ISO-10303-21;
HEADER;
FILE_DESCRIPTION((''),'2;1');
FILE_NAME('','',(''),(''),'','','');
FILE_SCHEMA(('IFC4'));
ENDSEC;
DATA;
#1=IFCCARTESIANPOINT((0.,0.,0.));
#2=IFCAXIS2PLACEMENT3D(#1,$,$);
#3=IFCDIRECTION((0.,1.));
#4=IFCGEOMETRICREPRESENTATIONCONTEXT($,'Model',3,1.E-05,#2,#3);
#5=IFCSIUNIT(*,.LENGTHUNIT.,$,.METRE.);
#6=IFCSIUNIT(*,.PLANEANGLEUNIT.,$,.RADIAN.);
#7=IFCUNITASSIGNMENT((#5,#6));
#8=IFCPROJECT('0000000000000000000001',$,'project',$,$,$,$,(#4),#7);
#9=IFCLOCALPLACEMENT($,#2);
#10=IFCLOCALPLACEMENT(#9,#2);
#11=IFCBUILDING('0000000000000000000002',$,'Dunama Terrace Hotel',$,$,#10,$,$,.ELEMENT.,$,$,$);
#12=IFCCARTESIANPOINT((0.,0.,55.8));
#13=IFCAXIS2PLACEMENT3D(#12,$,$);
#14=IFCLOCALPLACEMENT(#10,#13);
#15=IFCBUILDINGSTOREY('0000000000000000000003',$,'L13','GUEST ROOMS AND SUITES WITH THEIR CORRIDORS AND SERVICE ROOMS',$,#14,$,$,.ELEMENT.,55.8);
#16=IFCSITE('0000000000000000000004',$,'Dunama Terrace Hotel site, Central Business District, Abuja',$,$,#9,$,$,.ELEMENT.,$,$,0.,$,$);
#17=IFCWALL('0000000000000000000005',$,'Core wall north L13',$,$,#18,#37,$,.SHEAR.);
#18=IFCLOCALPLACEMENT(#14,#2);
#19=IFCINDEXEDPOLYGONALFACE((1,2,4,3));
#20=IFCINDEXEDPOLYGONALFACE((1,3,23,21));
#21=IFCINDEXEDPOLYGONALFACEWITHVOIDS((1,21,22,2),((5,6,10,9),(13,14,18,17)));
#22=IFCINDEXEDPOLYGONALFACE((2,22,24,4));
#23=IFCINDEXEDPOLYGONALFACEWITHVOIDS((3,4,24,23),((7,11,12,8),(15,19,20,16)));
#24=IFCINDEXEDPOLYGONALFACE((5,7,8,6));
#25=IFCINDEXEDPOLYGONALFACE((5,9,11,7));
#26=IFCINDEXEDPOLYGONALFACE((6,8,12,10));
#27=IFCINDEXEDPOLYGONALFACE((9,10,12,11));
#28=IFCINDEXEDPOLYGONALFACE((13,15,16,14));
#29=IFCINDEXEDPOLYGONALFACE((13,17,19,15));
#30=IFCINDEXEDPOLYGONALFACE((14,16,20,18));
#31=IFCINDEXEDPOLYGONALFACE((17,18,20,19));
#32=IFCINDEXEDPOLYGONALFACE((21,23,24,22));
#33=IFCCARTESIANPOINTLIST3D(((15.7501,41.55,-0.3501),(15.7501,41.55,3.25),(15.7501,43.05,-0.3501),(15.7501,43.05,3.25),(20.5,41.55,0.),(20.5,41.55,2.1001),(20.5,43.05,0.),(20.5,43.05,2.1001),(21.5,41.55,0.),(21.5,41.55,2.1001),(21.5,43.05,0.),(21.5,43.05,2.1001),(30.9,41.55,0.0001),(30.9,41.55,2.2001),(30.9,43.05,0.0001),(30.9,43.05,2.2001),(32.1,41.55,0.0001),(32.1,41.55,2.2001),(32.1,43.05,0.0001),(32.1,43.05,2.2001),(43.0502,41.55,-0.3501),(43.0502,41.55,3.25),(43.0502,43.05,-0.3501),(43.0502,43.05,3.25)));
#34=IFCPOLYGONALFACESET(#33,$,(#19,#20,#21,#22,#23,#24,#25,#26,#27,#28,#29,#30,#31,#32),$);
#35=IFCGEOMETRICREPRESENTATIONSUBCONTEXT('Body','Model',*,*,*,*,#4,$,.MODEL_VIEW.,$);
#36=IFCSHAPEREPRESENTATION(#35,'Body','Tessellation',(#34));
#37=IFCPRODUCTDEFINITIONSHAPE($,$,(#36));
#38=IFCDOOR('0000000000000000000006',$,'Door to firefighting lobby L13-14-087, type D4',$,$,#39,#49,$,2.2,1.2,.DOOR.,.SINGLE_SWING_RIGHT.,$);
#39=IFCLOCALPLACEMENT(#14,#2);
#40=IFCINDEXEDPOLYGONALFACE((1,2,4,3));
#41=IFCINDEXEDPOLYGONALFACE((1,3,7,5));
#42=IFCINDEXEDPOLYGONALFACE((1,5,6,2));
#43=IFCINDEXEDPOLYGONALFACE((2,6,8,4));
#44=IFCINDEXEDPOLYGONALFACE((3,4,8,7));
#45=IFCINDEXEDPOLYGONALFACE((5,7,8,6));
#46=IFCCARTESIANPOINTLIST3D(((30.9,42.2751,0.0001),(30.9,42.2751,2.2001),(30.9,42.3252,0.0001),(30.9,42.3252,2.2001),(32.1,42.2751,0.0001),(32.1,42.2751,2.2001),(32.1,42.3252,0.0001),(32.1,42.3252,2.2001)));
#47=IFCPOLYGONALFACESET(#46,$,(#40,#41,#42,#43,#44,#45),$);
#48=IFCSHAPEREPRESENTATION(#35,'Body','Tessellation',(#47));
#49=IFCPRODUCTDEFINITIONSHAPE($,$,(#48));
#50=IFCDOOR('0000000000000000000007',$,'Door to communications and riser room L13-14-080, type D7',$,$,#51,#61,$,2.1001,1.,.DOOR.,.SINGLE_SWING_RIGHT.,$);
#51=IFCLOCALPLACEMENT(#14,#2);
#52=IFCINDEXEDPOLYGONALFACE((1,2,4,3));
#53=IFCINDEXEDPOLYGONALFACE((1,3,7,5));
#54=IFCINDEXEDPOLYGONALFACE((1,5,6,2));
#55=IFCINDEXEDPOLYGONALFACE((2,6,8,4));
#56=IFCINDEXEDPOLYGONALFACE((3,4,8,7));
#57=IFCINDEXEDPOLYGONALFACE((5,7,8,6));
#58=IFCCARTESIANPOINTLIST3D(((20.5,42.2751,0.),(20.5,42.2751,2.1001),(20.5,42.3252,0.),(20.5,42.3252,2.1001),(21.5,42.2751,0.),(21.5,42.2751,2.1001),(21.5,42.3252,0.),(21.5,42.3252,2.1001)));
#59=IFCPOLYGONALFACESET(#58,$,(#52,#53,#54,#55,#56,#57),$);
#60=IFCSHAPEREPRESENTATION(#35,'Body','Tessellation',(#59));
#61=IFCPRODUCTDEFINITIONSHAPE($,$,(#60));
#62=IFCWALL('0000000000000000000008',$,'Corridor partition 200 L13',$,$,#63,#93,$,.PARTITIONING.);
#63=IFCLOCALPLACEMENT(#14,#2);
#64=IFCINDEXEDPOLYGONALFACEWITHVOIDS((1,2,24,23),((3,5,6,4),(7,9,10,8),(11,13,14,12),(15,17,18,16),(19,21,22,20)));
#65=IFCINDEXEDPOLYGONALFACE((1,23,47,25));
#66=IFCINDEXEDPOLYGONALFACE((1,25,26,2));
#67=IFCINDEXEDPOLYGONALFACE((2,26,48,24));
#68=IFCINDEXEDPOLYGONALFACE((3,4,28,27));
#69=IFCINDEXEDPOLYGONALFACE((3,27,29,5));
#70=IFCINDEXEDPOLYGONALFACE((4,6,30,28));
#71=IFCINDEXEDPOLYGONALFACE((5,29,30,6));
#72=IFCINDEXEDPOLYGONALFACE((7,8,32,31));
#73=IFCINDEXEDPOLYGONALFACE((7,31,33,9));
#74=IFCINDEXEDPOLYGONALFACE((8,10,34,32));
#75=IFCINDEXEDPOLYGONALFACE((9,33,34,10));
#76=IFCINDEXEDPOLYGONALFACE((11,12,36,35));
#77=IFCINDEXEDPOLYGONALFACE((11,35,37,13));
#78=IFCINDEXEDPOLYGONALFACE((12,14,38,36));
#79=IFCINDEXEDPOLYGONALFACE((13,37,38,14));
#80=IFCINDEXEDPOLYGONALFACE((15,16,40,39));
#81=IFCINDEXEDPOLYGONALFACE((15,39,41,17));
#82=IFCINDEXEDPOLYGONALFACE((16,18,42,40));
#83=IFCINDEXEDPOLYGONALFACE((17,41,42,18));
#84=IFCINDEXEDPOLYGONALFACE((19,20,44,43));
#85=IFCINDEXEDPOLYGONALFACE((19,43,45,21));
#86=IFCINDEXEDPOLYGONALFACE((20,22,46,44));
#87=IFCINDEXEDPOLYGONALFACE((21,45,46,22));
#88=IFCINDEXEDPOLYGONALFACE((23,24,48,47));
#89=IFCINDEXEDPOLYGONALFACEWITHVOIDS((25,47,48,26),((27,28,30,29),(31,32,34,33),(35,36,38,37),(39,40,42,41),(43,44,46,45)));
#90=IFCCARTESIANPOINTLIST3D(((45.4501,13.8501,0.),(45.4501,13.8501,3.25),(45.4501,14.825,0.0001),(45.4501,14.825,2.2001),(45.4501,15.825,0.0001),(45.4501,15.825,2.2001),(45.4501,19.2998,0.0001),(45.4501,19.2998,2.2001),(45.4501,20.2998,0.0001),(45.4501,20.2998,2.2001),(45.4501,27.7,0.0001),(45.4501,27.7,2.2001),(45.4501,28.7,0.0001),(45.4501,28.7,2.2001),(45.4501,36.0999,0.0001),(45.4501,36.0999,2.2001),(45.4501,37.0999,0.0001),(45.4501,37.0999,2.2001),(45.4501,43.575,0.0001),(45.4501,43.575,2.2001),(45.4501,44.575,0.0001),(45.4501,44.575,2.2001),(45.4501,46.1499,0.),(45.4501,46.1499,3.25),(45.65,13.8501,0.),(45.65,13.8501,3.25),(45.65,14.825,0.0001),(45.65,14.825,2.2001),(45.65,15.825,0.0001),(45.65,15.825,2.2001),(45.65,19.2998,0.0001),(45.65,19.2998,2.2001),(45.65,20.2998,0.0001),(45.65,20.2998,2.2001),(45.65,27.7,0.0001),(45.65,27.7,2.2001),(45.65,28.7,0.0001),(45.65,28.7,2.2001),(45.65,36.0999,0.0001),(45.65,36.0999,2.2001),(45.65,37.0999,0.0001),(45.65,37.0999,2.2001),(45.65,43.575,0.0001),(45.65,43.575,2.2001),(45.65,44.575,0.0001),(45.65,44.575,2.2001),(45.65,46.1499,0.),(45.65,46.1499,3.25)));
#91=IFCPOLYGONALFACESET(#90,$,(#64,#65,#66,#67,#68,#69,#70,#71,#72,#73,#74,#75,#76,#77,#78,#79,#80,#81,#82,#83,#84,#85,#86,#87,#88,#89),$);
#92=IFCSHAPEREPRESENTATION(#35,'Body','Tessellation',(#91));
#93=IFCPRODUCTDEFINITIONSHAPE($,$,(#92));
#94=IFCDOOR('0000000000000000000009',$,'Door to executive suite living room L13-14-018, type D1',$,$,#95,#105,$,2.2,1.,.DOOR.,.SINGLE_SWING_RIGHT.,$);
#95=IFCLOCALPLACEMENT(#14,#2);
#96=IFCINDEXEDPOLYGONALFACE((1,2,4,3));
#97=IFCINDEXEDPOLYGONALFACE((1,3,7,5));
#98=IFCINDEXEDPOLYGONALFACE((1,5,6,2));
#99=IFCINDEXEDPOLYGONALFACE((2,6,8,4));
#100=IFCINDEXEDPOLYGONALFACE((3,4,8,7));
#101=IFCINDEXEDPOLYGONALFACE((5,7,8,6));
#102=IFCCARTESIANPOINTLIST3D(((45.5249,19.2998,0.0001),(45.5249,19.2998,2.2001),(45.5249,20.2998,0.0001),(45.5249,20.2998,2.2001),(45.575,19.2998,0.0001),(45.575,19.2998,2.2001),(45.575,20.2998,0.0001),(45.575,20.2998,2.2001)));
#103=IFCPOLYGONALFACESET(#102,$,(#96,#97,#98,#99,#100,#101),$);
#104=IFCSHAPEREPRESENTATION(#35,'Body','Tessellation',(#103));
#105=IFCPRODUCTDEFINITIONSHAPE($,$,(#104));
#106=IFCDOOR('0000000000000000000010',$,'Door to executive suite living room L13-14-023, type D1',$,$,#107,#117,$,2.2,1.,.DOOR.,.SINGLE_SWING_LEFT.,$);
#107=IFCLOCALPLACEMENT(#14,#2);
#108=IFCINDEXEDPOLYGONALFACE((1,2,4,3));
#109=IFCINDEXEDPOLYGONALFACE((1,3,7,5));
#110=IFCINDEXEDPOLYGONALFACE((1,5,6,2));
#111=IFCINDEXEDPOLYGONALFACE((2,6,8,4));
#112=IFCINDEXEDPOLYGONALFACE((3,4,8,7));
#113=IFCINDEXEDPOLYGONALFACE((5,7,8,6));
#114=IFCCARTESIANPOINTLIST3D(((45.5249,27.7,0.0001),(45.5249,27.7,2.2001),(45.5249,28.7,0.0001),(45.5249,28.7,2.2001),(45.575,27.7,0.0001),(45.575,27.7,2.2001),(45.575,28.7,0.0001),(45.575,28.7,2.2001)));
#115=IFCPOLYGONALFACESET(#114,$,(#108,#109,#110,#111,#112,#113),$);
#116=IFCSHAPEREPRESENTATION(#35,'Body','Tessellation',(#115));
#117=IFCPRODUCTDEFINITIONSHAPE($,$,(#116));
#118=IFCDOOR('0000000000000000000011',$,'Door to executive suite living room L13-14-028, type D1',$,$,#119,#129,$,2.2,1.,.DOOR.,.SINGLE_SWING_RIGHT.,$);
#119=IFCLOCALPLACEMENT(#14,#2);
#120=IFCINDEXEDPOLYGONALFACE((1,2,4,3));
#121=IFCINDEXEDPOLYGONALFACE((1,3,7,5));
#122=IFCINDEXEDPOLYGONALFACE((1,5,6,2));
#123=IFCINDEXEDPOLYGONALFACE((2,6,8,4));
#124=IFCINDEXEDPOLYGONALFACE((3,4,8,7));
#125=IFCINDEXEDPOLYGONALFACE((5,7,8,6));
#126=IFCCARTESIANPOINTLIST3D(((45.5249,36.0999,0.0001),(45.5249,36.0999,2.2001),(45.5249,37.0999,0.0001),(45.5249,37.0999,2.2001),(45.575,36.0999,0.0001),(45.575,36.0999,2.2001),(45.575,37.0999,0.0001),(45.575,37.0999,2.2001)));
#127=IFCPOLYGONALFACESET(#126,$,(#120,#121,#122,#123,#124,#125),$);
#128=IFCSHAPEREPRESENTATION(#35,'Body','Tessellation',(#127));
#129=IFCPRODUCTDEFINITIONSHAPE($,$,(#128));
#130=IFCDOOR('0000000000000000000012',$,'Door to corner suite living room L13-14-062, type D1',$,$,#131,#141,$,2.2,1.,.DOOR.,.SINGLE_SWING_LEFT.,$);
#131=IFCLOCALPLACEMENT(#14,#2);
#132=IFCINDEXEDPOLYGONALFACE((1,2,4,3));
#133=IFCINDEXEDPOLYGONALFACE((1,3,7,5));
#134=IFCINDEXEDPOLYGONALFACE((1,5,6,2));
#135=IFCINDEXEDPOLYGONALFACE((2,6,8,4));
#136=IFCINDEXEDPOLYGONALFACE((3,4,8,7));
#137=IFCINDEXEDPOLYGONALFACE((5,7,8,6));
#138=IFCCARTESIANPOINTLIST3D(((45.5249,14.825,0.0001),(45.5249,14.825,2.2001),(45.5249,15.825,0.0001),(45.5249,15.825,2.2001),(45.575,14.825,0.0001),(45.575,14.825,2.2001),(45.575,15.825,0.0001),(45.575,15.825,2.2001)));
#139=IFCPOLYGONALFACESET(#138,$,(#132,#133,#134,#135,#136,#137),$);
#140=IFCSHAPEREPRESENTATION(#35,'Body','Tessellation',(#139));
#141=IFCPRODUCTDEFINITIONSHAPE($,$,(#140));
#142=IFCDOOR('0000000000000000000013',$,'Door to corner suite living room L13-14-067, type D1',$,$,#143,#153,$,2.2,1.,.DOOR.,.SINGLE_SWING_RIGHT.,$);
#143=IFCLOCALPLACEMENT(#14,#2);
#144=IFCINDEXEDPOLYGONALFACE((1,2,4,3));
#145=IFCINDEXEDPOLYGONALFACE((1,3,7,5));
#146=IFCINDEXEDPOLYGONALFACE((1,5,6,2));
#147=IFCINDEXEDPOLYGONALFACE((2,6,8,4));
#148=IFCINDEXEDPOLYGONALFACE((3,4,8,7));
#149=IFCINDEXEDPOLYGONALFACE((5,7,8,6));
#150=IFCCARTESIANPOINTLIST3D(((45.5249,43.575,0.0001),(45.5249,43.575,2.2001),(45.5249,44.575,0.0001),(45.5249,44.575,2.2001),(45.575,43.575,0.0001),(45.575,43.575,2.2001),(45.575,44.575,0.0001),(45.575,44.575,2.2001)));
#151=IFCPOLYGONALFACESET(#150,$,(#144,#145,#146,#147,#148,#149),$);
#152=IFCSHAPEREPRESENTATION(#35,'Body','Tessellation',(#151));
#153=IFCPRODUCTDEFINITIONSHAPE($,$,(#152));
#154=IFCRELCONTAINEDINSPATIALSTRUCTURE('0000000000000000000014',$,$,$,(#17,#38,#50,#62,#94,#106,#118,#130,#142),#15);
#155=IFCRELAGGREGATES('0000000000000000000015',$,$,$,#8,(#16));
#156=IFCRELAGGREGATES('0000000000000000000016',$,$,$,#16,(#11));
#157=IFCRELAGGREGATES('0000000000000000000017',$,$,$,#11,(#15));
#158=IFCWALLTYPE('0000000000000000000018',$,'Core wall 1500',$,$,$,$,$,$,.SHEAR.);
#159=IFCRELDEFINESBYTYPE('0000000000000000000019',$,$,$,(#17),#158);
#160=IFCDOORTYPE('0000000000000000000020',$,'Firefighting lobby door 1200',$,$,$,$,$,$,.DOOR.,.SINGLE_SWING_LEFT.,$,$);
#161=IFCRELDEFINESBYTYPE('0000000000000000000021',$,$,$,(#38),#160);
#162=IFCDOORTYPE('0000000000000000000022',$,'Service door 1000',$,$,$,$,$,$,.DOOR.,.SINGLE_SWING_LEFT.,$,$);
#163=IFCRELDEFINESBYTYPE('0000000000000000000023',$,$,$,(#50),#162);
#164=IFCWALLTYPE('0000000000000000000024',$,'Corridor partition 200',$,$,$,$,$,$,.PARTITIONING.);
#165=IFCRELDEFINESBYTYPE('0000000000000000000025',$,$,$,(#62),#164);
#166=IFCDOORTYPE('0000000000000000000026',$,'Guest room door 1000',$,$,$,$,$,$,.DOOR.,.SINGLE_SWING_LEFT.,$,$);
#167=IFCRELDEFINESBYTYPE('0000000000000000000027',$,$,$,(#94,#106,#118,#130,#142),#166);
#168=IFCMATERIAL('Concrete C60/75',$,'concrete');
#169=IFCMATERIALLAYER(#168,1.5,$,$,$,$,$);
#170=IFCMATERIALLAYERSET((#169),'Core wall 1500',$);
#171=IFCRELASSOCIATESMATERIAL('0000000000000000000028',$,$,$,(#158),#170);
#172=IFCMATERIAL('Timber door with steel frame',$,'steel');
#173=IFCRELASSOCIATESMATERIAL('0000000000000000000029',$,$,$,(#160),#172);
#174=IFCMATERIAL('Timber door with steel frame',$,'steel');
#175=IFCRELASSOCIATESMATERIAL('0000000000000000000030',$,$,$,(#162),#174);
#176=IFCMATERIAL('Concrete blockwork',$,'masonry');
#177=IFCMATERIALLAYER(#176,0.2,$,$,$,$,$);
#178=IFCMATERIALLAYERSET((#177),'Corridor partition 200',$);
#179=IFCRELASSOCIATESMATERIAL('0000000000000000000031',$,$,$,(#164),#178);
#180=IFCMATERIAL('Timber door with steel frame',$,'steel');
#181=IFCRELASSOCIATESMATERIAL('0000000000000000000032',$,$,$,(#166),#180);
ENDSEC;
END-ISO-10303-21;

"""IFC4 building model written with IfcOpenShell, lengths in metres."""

from ifc_helpers import new_model, si_unit, direction, frame, frame_2d, origin, place, context, subcontext, project, spatial, rectangle, extrude, material, layer, layer_set, type_object, element, fill, save


model = new_model("IFC4")

# Units and contexts
model_context = context("Model", 3, precision=1e-05, world=origin(), true_north=direction((0.0, 1.0)))
body_context = subcontext(model_context, "Body", "Model", "MODEL_VIEW")
ifc_project = project(units=[si_unit("LENGTHUNIT", "METRE"), si_unit("PLANEANGLEUNIT", "RADIAN")], contexts=[model_context])

# Site, building, storey
site_placement = place(None, origin())
site = spatial("IfcSite", under=ifc_project, at=site_placement, Name="Dunama Terrace Hotel site, Central Business District, Abuja", CompositionType="ELEMENT", RefElevation=0.0)
building_placement = place(site_placement, origin())
building = spatial("IfcBuilding", under=site, at=building_placement, Name="Dunama Terrace Hotel", CompositionType="ELEMENT")
storey_placement = place(building_placement, frame((0.0, 0.0, 55.8)))
storey = spatial("IfcBuildingStorey", under=building, at=storey_placement, Name="L13", Description="GUEST ROOMS AND SUITES WITH THEIR CORRIDORS AND SERVICE ROOMS", CompositionType="ELEMENT", Elevation=55.8)

# Walls, openings, doors
ifc_material_1 = material(Name="Concrete C60/75", Category="concrete")
ifc_layer_1 = layer(ifc_material_1, 1.5)
ifc_layer_set_1 = layer_set([ifc_layer_1], Name="Core wall 1500")
wall_type_1 = type_object("IfcWallType", Name="Core wall 1500", PredefinedType="SHEAR", material=ifc_layer_set_1)
wall_1_placement = place(storey_placement, frame((43.05, 42.3, -0.3501), z_axis=(0.0, 0.0, 1.0), x_axis=(-1.0, 0.0, 0.0)))
wall_1 = element("IfcWall", 1, at=wall_1_placement, inside=storey, type_object=wall_type_1, Name="Core wall north L13", PredefinedType="SHEAR", context=body_context, shape_type="SweptSolid", body=[
    extrude(rectangle(XDim=27.3, YDim=1.5, at=frame_2d((13.6499, 0.0))), origin(), (0.0, 0.0, 1.0), 3.6001),
])
opening_1_placement = place(wall_1_placement, frame((21.55, 0.0, 0.3501)))
opening_1 = element("IfcOpeningElement", 2, at=opening_1_placement, cuts=wall_1, PredefinedType="OPENING", context=body_context, shape_type="SweptSolid", body=[
    extrude(rectangle(XDim=1.0, YDim=2.1001, at=frame_2d((0.5, 1.05))), frame((0.0, 0.76, 0.0), z_axis=(0.0, -1.0, 0.0), x_axis=(1.0, 0.0, 0.0)), (0.0, 0.0, 1.0), 1.52),
])
opening_2_placement = place(wall_1_placement, frame((10.95, 0.0, 0.3501)))
opening_2 = element("IfcOpeningElement", 3, at=opening_2_placement, cuts=wall_1, PredefinedType="OPENING", context=body_context, shape_type="SweptSolid", body=[
    extrude(rectangle(XDim=1.2, YDim=2.2, at=frame_2d((0.6001, 1.1001))), frame((0.0, 0.76, 0.0), z_axis=(0.0, -1.0, 0.0), x_axis=(1.0, 0.0, 0.0)), (0.0, 0.0, 1.0), 1.52),
])
ifc_material_2 = material(Name="Timber door with steel frame", Category="steel")
door_type_1 = type_object("IfcDoorType", Name="Firefighting lobby door 1200", OperationType="SINGLE_SWING_LEFT", PredefinedType="DOOR", material=ifc_material_2)
door_1_placement = place(opening_2_placement, origin())
door_1 = element("IfcDoor", 4, at=door_1_placement, inside=storey, type_object=door_type_1, Name="Door to firefighting lobby L13-14-087, type D4", OperationType="SINGLE_SWING_RIGHT", OverallHeight=2.2, OverallWidth=1.2, PredefinedType="DOOR", context=body_context, shape_type="SweptSolid", body=[
    extrude(rectangle(XDim=1.2, YDim=2.2, at=frame_2d((0.6001, 1.1001))), frame((0.0, 0.0249, 0.0), z_axis=(0.0, -1.0, 0.0), x_axis=(1.0, 0.0, 0.0)), (0.0, 0.0, 1.0), 0.05),
])
fill(opening_2, door_1)
ifc_material_3 = material(Name="Timber door with steel frame", Category="steel")
door_type_2 = type_object("IfcDoorType", Name="Service door 1000", OperationType="SINGLE_SWING_LEFT", PredefinedType="DOOR", material=ifc_material_3)
door_2_placement = place(opening_1_placement, origin())
door_2 = element("IfcDoor", 5, at=door_2_placement, inside=storey, type_object=door_type_2, Name="Door to communications and riser room L13-14-080, type D7", OperationType="SINGLE_SWING_RIGHT", OverallHeight=2.1001, OverallWidth=1.0, PredefinedType="DOOR", context=body_context, shape_type="SweptSolid", body=[
    extrude(rectangle(XDim=1.0, YDim=2.1001, at=frame_2d((0.5, 1.05))), frame((0.0, 0.0249, 0.0), z_axis=(0.0, -1.0, 0.0), x_axis=(1.0, 0.0, 0.0)), (0.0, 0.0, 1.0), 0.05),
])
fill(opening_1, door_2)
ifc_material_4 = material(Name="Concrete blockwork", Category="masonry")
ifc_layer_2 = layer(ifc_material_4, 0.2)
ifc_layer_set_2 = layer_set([ifc_layer_2], Name="Corridor partition 200")
wall_type_2 = type_object("IfcWallType", Name="Corridor partition 200", PredefinedType="PARTITIONING", material=ifc_layer_set_2)
wall_2_placement = place(storey_placement, frame((45.55, 46.1499, 0.0), z_axis=(0.0, 0.0, 1.0), x_axis=(0.0, -1.0, 0.0)))
wall_2 = element("IfcWall", 6, at=wall_2_placement, inside=storey, type_object=wall_type_2, Name="Corridor partition 200 L13", PredefinedType="PARTITIONING", context=body_context, shape_type="SweptSolid", body=[
    extrude(rectangle(XDim=32.2998, YDim=0.2, at=frame_2d((16.1499, 0.0))), origin(), (0.0, 0.0, 1.0), 3.25),
])
opening_3_placement = place(wall_2_placement, frame((25.8501, 0.0, 0.0)))
opening_3 = element("IfcOpeningElement", 7, at=opening_3_placement, cuts=wall_2, PredefinedType="OPENING", context=body_context, shape_type="SweptSolid", body=[
    extrude(rectangle(XDim=1.0, YDim=2.2, at=frame_2d((0.5, 1.1001))), frame((0.0, 0.1099, 0.0), z_axis=(0.0, -1.0, 0.0), x_axis=(1.0, 0.0, 0.0)), (0.0, 0.0, 1.0), 0.22),
])
opening_4_placement = place(wall_2_placement, frame((17.45, 0.0, 0.0)))
opening_4 = element("IfcOpeningElement", 8, at=opening_4_placement, cuts=wall_2, PredefinedType="OPENING", context=body_context, shape_type="SweptSolid", body=[
    extrude(rectangle(XDim=1.0, YDim=2.2, at=frame_2d((0.5, 1.1001))), frame((0.0, 0.1099, 0.0), z_axis=(0.0, -1.0, 0.0), x_axis=(1.0, 0.0, 0.0)), (0.0, 0.0, 1.0), 0.22),
])
opening_5_placement = place(wall_2_placement, frame((9.05, 0.0, 0.0)))
opening_5 = element("IfcOpeningElement", 9, at=opening_5_placement, cuts=wall_2, PredefinedType="OPENING", context=body_context, shape_type="SweptSolid", body=[
    extrude(rectangle(XDim=1.0, YDim=2.2, at=frame_2d((0.5, 1.1001))), frame((0.0, 0.1099, 0.0), z_axis=(0.0, -1.0, 0.0), x_axis=(1.0, 0.0, 0.0)), (0.0, 0.0, 1.0), 0.22),
])
opening_6_placement = place(wall_2_placement, frame((30.325, 0.0, 0.0)))
opening_6 = element("IfcOpeningElement", 10, at=opening_6_placement, cuts=wall_2, PredefinedType="OPENING", context=body_context, shape_type="SweptSolid", body=[
    extrude(rectangle(XDim=1.0, YDim=2.2, at=frame_2d((0.5, 1.1001))), frame((0.0, 0.1099, 0.0), z_axis=(0.0, -1.0, 0.0), x_axis=(1.0, 0.0, 0.0)), (0.0, 0.0, 1.0), 0.22),
])
opening_7_placement = place(wall_2_placement, frame((1.575, 0.0, 0.0)))
opening_7 = element("IfcOpeningElement", 11, at=opening_7_placement, cuts=wall_2, PredefinedType="OPENING", context=body_context, shape_type="SweptSolid", body=[
    extrude(rectangle(XDim=1.0, YDim=2.2, at=frame_2d((0.5, 1.1001))), frame((0.0, 0.1099, 0.0), z_axis=(0.0, -1.0, 0.0), x_axis=(1.0, 0.0, 0.0)), (0.0, 0.0, 1.0), 0.22),
])
ifc_material_5 = material(Name="Timber door with steel frame", Category="steel")
door_type_3 = type_object("IfcDoorType", Name="Guest room door 1000", OperationType="SINGLE_SWING_LEFT", PredefinedType="DOOR", material=ifc_material_5)
door_3_placement = place(opening_3_placement, origin())
door_3 = element("IfcDoor", 12, at=door_3_placement, inside=storey, type_object=door_type_3, Name="Door to executive suite living room L13-14-018, type D1", OperationType="SINGLE_SWING_RIGHT", OverallHeight=2.2, OverallWidth=1.0, PredefinedType="DOOR", context=body_context, shape_type="SweptSolid", body=[
    extrude(rectangle(XDim=1.0, YDim=2.2, at=frame_2d((0.5, 1.1001))), frame((0.0, 0.0249, 0.0), z_axis=(0.0, -1.0, 0.0), x_axis=(1.0, 0.0, 0.0)), (0.0, 0.0, 1.0), 0.05),
])
fill(opening_3, door_3)
door_4_placement = place(opening_4_placement, origin())
door_4 = element("IfcDoor", 13, at=door_4_placement, inside=storey, type_object=door_type_3, Name="Door to executive suite living room L13-14-023, type D1", OperationType="SINGLE_SWING_LEFT", OverallHeight=2.2, OverallWidth=1.0, PredefinedType="DOOR", context=body_context, shape_type="SweptSolid", body=[
    extrude(rectangle(XDim=1.0, YDim=2.2, at=frame_2d((0.5, 1.1001))), frame((0.0, 0.0249, 0.0), z_axis=(0.0, -1.0, 0.0), x_axis=(1.0, 0.0, 0.0)), (0.0, 0.0, 1.0), 0.05),
])
fill(opening_4, door_4)
door_5_placement = place(opening_5_placement, origin())
door_5 = element("IfcDoor", 14, at=door_5_placement, inside=storey, type_object=door_type_3, Name="Door to executive suite living room L13-14-028, type D1", OperationType="SINGLE_SWING_RIGHT", OverallHeight=2.2, OverallWidth=1.0, PredefinedType="DOOR", context=body_context, shape_type="SweptSolid", body=[
    extrude(rectangle(XDim=1.0, YDim=2.2, at=frame_2d((0.5, 1.1001))), frame((0.0, 0.0249, 0.0), z_axis=(0.0, -1.0, 0.0), x_axis=(1.0, 0.0, 0.0)), (0.0, 0.0, 1.0), 0.05),
])
fill(opening_5, door_5)
door_6_placement = place(opening_6_placement, origin())
door_6 = element("IfcDoor", 15, at=door_6_placement, inside=storey, type_object=door_type_3, Name="Door to corner suite living room L13-14-062, type D1", OperationType="SINGLE_SWING_LEFT", OverallHeight=2.2, OverallWidth=1.0, PredefinedType="DOOR", context=body_context, shape_type="SweptSolid", body=[
    extrude(rectangle(XDim=1.0, YDim=2.2, at=frame_2d((0.5, 1.1001))), frame((0.0, 0.0249, 0.0), z_axis=(0.0, -1.0, 0.0), x_axis=(1.0, 0.0, 0.0)), (0.0, 0.0, 1.0), 0.05),
])
fill(opening_6, door_6)
door_7_placement = place(opening_7_placement, origin())
door_7 = element("IfcDoor", 16, at=door_7_placement, inside=storey, type_object=door_type_3, Name="Door to corner suite living room L13-14-067, type D1", OperationType="SINGLE_SWING_RIGHT", OverallHeight=2.2, OverallWidth=1.0, PredefinedType="DOOR", context=body_context, shape_type="SweptSolid", body=[
    extrude(rectangle(XDim=1.0, YDim=2.2, at=frame_2d((0.5, 1.1001))), frame((0.0, 0.0249, 0.0), z_axis=(0.0, -1.0, 0.0), x_axis=(1.0, 0.0, 0.0)), (0.0, 0.0, 1.0), 0.05),
])
fill(opening_7, door_7)

save(model, "model.ifc")
